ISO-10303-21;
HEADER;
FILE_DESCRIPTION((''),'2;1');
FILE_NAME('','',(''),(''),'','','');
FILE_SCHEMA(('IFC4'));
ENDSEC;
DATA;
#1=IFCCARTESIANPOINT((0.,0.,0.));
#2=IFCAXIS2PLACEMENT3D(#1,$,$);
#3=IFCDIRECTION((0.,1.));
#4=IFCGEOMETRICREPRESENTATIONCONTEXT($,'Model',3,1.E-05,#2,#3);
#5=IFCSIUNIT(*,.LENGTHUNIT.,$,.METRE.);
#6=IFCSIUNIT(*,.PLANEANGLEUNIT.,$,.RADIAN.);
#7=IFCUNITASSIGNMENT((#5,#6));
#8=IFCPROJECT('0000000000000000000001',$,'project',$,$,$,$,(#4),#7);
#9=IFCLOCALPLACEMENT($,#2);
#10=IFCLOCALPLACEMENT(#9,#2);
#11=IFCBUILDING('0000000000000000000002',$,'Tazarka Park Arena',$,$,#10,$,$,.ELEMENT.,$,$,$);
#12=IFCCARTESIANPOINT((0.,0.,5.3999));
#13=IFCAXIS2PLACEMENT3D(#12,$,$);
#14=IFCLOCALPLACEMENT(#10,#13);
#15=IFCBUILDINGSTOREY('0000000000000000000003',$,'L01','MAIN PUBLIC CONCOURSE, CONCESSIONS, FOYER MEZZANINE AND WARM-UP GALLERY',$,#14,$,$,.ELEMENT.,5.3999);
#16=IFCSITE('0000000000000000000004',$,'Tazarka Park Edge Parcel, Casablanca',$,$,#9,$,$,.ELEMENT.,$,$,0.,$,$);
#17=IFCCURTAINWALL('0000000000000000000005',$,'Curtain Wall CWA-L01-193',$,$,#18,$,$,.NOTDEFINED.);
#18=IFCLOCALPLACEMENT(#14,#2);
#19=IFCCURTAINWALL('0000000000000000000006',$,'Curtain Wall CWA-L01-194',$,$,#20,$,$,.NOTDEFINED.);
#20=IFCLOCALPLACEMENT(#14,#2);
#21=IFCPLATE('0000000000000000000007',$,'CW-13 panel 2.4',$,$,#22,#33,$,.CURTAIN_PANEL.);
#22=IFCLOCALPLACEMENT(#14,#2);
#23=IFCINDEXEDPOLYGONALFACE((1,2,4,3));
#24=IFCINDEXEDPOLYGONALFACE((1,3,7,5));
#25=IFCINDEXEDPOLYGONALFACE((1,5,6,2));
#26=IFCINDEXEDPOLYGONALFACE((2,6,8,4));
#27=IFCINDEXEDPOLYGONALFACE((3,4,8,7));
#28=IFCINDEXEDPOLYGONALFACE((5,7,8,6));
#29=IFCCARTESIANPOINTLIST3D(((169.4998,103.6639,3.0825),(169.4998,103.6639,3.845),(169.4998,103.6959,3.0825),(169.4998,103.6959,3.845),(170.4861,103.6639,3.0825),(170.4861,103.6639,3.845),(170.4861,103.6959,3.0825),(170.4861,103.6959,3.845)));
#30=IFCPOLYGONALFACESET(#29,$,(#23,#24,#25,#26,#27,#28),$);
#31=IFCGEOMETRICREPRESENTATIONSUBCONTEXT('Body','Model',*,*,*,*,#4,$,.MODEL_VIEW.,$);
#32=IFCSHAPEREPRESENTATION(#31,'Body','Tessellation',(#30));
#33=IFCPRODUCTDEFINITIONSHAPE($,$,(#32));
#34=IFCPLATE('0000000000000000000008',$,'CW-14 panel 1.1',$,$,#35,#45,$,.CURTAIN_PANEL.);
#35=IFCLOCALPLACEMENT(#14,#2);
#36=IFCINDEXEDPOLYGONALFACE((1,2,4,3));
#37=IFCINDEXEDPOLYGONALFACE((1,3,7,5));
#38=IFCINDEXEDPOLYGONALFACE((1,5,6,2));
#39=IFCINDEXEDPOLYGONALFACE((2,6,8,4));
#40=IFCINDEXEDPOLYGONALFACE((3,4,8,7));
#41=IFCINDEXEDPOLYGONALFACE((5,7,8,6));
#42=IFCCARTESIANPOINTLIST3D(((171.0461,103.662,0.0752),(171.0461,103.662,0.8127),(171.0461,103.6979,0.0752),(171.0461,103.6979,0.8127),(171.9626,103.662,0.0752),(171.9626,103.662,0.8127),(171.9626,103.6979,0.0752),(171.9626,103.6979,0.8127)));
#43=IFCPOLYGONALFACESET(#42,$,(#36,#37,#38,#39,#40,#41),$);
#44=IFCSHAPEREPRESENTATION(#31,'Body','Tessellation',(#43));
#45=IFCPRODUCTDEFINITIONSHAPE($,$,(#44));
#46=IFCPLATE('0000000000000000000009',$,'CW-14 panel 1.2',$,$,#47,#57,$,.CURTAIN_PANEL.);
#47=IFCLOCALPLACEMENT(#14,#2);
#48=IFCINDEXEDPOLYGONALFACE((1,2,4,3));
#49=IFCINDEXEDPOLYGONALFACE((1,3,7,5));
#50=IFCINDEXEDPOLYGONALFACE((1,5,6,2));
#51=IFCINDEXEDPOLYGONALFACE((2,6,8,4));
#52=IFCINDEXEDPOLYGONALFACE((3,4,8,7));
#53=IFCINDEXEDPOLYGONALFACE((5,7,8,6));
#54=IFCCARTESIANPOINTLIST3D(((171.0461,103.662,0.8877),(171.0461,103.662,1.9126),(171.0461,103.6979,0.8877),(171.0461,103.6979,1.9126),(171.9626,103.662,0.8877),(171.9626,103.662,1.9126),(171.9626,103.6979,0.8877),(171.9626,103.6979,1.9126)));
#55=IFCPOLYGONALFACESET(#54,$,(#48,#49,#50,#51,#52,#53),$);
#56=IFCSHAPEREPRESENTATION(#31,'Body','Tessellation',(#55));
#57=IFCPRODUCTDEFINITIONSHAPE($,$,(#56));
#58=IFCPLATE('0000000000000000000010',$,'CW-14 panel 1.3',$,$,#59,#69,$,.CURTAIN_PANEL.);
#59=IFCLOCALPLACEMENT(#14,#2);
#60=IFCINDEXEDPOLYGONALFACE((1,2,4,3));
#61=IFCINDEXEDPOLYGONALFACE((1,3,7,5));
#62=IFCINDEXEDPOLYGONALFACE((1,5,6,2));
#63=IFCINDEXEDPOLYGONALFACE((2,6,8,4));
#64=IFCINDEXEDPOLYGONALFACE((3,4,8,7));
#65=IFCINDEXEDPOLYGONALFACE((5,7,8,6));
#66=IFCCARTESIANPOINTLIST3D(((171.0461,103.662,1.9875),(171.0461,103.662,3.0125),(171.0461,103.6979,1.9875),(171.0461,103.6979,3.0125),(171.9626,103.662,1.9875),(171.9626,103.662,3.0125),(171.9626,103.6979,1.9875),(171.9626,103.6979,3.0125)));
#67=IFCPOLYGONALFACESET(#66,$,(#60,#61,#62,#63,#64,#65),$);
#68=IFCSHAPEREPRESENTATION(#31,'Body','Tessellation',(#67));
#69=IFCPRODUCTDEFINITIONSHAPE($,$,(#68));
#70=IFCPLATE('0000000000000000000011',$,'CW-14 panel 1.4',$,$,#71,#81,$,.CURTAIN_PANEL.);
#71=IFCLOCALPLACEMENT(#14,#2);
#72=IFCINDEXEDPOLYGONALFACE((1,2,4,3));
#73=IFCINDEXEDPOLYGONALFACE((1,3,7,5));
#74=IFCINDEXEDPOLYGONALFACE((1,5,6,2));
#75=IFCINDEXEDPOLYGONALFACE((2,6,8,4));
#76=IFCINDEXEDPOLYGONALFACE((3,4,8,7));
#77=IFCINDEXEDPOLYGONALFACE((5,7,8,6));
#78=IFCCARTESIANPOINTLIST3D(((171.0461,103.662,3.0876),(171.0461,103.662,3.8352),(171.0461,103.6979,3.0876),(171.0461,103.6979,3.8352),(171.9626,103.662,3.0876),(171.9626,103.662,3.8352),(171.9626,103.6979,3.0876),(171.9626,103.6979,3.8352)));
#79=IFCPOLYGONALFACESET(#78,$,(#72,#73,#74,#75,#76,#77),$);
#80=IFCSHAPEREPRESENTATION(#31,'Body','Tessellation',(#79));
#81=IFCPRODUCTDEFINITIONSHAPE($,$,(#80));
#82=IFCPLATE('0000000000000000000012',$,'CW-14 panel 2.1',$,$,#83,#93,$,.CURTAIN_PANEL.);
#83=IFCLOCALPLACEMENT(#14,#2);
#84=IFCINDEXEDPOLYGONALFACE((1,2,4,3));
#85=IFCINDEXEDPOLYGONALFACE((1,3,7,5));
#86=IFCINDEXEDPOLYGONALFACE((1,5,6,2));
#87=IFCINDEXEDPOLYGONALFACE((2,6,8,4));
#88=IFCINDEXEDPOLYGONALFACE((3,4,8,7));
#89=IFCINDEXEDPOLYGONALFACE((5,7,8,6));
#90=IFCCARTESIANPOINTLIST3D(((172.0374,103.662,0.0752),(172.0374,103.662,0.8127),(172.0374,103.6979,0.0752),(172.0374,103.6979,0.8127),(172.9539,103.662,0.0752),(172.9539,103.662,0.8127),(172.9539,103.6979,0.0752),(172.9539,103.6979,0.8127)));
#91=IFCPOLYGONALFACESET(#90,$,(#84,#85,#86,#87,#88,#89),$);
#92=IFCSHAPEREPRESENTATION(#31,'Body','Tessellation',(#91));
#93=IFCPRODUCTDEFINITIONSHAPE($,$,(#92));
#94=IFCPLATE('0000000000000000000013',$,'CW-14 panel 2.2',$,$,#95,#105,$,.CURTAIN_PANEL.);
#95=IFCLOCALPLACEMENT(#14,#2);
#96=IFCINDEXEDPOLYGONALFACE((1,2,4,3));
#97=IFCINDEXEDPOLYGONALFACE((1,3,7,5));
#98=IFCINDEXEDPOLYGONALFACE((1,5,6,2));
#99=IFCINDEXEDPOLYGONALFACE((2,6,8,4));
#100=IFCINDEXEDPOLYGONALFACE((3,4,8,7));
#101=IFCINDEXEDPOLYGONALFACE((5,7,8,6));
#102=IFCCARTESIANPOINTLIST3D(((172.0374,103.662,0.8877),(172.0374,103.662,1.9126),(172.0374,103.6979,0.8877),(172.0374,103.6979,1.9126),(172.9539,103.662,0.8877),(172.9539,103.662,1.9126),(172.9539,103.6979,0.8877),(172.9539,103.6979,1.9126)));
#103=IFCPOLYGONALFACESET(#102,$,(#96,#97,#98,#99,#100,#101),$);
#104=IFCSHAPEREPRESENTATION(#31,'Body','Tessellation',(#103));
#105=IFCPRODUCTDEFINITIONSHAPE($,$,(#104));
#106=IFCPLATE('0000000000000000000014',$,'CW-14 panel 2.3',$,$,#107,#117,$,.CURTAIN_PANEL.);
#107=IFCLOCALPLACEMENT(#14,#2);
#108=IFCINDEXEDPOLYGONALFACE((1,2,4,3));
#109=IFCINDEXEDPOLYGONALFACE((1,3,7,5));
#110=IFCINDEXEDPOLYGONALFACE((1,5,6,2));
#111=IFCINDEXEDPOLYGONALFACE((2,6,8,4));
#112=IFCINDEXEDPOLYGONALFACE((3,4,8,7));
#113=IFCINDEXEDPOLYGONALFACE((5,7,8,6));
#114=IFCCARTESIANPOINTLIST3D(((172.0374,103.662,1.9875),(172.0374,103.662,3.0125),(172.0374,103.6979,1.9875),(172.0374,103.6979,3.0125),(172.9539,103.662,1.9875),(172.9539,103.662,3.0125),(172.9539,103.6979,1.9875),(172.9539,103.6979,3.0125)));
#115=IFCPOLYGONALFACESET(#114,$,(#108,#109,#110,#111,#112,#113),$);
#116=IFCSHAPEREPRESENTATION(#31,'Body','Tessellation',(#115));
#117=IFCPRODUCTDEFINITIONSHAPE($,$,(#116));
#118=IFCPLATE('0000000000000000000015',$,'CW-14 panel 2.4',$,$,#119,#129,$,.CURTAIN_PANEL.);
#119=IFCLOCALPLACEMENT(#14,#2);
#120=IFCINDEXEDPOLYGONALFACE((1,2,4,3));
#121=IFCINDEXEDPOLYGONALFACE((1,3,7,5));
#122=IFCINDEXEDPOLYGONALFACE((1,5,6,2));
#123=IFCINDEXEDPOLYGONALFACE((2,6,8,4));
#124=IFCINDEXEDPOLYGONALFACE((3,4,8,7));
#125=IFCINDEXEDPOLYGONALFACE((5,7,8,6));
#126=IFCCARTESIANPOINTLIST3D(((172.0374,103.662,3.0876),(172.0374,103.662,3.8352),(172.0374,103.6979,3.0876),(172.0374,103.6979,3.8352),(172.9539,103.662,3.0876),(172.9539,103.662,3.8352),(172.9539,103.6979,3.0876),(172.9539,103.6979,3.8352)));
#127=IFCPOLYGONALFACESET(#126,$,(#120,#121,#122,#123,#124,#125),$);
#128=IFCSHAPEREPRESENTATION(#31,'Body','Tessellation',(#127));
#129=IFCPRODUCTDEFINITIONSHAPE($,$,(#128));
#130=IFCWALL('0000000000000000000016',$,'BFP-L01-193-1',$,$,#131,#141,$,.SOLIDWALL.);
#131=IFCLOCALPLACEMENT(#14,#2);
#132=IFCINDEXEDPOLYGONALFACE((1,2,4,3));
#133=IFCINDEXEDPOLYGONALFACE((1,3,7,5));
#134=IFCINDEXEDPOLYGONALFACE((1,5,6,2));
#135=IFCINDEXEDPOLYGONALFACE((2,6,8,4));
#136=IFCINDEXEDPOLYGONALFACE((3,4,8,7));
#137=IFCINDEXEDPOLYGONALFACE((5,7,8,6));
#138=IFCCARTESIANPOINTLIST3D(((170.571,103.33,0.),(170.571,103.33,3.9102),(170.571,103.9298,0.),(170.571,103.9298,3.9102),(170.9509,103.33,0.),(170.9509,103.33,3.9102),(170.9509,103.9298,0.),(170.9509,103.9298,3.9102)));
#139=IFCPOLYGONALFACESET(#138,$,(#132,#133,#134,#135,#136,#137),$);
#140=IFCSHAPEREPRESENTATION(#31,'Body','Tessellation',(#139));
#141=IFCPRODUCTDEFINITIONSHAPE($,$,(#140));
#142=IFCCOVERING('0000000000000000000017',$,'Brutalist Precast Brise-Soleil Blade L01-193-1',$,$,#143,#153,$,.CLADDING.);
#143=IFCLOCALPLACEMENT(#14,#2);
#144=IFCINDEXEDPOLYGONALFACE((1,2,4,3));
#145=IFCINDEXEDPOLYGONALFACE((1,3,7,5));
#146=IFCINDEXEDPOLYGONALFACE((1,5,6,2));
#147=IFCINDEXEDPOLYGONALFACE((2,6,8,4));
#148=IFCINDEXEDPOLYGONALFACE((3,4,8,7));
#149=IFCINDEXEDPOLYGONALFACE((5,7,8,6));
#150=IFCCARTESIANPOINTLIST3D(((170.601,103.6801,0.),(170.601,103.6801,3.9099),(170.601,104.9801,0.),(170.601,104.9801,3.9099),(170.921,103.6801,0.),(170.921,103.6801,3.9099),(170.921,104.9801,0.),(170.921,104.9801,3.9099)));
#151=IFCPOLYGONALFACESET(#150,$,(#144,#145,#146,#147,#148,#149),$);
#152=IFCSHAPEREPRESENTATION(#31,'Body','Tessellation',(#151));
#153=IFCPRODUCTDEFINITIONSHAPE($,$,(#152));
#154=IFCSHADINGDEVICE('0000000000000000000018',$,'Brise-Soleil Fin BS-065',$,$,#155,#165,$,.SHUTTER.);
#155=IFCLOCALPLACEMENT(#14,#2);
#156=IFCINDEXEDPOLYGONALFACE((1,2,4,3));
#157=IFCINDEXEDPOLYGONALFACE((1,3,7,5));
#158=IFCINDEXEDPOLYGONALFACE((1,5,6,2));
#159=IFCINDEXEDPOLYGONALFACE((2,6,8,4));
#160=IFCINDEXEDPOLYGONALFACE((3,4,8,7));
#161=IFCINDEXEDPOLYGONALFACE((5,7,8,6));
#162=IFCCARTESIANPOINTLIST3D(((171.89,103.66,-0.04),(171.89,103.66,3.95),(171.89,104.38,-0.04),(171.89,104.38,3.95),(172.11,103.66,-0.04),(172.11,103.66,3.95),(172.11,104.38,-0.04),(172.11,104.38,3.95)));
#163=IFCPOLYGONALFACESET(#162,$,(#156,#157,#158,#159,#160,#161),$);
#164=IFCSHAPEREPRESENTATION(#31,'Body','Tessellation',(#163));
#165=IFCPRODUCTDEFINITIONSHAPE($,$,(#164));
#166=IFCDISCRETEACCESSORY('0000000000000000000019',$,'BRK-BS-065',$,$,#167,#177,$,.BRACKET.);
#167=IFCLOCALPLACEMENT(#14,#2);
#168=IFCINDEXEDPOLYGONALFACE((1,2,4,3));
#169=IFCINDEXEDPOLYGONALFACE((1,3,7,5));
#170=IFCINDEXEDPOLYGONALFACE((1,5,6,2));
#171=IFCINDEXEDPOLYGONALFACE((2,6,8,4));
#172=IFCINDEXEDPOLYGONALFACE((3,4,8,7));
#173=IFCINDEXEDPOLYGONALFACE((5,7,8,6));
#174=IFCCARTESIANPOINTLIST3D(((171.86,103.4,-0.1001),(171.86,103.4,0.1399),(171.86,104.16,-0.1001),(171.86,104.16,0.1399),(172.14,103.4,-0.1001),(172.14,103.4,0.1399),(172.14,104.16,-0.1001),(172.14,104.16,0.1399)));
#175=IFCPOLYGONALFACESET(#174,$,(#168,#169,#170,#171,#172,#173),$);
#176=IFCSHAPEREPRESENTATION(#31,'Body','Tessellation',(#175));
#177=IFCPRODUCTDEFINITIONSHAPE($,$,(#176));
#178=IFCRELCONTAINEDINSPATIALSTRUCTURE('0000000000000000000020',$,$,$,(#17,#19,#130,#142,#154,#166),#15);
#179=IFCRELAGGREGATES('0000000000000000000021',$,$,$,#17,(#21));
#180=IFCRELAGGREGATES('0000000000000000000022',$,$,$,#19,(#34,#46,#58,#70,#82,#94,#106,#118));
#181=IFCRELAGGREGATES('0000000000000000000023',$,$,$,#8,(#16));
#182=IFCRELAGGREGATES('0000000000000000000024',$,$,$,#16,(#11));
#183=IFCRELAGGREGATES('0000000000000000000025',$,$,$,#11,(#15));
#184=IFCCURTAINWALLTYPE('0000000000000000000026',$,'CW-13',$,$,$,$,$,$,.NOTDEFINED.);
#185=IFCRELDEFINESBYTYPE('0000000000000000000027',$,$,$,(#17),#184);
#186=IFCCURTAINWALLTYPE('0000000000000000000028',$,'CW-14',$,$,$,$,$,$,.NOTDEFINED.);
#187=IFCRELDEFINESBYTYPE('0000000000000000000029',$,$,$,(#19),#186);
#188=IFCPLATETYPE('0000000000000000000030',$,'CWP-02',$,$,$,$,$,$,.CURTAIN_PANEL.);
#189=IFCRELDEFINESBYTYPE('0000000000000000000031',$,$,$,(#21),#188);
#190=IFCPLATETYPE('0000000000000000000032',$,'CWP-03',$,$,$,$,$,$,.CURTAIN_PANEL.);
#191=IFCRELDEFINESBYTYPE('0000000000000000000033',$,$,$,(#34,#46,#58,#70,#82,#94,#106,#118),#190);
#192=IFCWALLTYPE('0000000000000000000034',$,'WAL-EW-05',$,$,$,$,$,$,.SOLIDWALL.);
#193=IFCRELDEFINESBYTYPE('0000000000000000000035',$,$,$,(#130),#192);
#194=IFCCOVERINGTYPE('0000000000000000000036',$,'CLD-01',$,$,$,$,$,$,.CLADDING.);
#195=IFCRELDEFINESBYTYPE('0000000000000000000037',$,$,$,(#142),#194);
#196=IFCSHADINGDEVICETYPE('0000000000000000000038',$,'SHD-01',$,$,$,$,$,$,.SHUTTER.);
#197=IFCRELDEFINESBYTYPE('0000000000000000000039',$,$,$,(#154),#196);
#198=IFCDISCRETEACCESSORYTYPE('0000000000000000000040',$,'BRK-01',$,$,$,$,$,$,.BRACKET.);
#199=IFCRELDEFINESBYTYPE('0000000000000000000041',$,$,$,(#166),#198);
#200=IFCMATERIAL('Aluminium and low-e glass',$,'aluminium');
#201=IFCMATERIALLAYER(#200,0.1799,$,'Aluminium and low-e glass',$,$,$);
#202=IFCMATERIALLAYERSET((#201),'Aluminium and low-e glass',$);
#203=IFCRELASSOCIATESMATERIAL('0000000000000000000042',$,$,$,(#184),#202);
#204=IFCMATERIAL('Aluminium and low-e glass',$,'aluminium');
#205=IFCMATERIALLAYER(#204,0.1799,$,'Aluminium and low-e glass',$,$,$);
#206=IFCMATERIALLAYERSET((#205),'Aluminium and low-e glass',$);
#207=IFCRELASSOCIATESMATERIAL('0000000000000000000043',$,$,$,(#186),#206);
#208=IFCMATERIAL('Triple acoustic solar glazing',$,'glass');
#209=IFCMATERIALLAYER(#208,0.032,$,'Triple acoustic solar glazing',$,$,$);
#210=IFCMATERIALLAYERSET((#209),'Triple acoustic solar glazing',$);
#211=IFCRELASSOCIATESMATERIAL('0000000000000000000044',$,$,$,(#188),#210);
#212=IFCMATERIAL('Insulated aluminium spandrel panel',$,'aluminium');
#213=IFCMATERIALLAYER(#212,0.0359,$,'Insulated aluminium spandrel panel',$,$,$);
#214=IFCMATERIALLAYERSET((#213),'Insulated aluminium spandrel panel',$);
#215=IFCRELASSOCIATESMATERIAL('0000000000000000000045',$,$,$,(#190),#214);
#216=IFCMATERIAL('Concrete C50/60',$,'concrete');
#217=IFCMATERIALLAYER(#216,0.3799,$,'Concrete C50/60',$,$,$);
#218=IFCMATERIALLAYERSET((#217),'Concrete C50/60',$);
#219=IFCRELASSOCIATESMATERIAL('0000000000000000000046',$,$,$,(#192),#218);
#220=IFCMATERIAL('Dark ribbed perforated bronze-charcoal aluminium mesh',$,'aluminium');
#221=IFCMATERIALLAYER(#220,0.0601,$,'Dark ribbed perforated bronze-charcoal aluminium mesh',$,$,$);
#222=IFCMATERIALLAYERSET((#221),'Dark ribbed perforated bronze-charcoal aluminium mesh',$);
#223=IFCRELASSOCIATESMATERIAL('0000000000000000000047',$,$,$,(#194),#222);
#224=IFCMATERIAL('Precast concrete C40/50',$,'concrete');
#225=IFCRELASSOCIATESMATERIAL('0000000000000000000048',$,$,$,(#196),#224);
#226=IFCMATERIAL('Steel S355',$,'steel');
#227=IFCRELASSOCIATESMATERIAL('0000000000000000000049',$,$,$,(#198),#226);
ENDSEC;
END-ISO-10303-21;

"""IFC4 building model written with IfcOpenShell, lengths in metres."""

from ifc_helpers import new_model, si_unit, direction, frame, frame_2d, origin, origin_2d, place, context, subcontext, project, spatial, rectangle, extrude, material, layer, layer_set, type_object, element, aggregate, save


model = new_model("IFC4")

# Units and contexts
model_context = context("Model", 3, precision=1e-05, world=origin(), true_north=direction((0.0, 1.0)))
body_context = subcontext(model_context, "Body", "Model", "MODEL_VIEW")
ifc_project = project(units=[si_unit("LENGTHUNIT", "METRE"), si_unit("PLANEANGLEUNIT", "RADIAN")], contexts=[model_context])

# Site, building, storey
site_placement = place(None, origin())
site = spatial("IfcSite", under=ifc_project, at=site_placement, Name="Tazarka Park Edge Parcel, Casablanca", CompositionType="ELEMENT", RefElevation=0.0)
building_placement = place(site_placement, origin())
building = spatial("IfcBuilding", under=site, at=building_placement, Name="Tazarka Park Arena", CompositionType="ELEMENT")
storey_placement = place(building_placement, frame((0.0, 0.0, 5.3999)))
storey = spatial("IfcBuildingStorey", under=building, at=storey_placement, Name="L01", Description="MAIN PUBLIC CONCOURSE, CONCESSIONS, FOYER MEZZANINE AND WARM-UP GALLERY", CompositionType="ELEMENT", Elevation=5.3999)

# Curtain wall
ifc_material_1 = material(Name="Aluminium and low-e glass", Category="aluminium")
ifc_layer_1 = layer(ifc_material_1, 0.1799, Name="Aluminium and low-e glass")
ifc_layer_set_1 = layer_set([ifc_layer_1], Name="Aluminium and low-e glass")
curtain_wall_type_1 = type_object("IfcCurtainWallType", Name="CW-13", PredefinedType="NOTDEFINED", material=ifc_layer_set_1)
curtain_wall_1_placement = place(storey_placement, origin())
curtain_wall_1 = element("IfcCurtainWall", 1, at=curtain_wall_1_placement, inside=storey, type_object=curtain_wall_type_1, Name="Curtain Wall CWA-L01-193", PredefinedType="NOTDEFINED")

# Curtain wall
ifc_material_2 = material(Name="Aluminium and low-e glass", Category="aluminium")
ifc_layer_2 = layer(ifc_material_2, 0.1799, Name="Aluminium and low-e glass")
ifc_layer_set_2 = layer_set([ifc_layer_2], Name="Aluminium and low-e glass")
curtain_wall_type_2 = type_object("IfcCurtainWallType", Name="CW-14", PredefinedType="NOTDEFINED", material=ifc_layer_set_2)
curtain_wall_2_placement = place(storey_placement, origin())
curtain_wall_2 = element("IfcCurtainWall", 2, at=curtain_wall_2_placement, inside=storey, type_object=curtain_wall_type_2, Name="Curtain Wall CWA-L01-194", PredefinedType="NOTDEFINED")

# Plates
ifc_material_3 = material(Name="Triple acoustic solar glazing", Category="glass")
ifc_layer_3 = layer(ifc_material_3, 0.032, Name="Triple acoustic solar glazing")
ifc_layer_set_3 = layer_set([ifc_layer_3], Name="Triple acoustic solar glazing")
plate_type_1 = type_object("IfcPlateType", Name="CWP-02", PredefinedType="CURTAIN_PANEL", material=ifc_layer_set_3)
plate_1_placement = place(storey_placement, frame((169.9929, 103.6799, 3.0825), z_axis=(0.0, 0.0, 1.0), x_axis=(1.0, 0.0, 0.0)))
plate_1 = element("IfcPlate", 3, at=plate_1_placement, type_object=plate_type_1, Name="CW-13 panel 2.4", PredefinedType="CURTAIN_PANEL", context=body_context, shape_type="SweptSolid", body=[
    extrude(rectangle(XDim=0.9863, YDim=0.032, at=origin_2d()), origin(), (0.0, 0.0, 1.0), 0.7625),
])
aggregate(curtain_wall_1, [plate_1])
ifc_material_4 = material(Name="Insulated aluminium spandrel panel", Category="aluminium")
ifc_layer_4 = layer(ifc_material_4, 0.0359, Name="Insulated aluminium spandrel panel")
ifc_layer_set_4 = layer_set([ifc_layer_4], Name="Insulated aluminium spandrel panel")
plate_type_2 = type_object("IfcPlateType", Name="CWP-03", PredefinedType="CURTAIN_PANEL", material=ifc_layer_set_4)
plate_2_placement = place(storey_placement, frame((171.5044, 103.6799, 0.0752), z_axis=(0.0, 0.0, 1.0), x_axis=(1.0, 0.0, 0.0)))
plate_2 = element("IfcPlate", 4, at=plate_2_placement, type_object=plate_type_2, Name="CW-14 panel 1.1", PredefinedType="CURTAIN_PANEL", context=body_context, shape_type="SweptSolid", body=[
    extrude(rectangle(XDim=0.9165, YDim=0.0359, at=origin_2d()), origin(), (0.0, 0.0, 1.0), 0.7375),
])
plate_3_placement = place(storey_placement, frame((171.5044, 103.6799, 0.8877), z_axis=(0.0, 0.0, 1.0), x_axis=(1.0, 0.0, 0.0)))
plate_3 = element("IfcPlate", 5, at=plate_3_placement, type_object=plate_type_2, Name="CW-14 panel 1.2", PredefinedType="CURTAIN_PANEL", context=body_context, shape_type="SweptSolid", body=[
    extrude(rectangle(XDim=0.9165, YDim=0.0359, at=origin_2d()), origin(), (0.0, 0.0, 1.0), 1.0249),
])
plate_4_placement = place(storey_placement, frame((171.5044, 103.6799, 1.9875), z_axis=(0.0, 0.0, 1.0), x_axis=(1.0, 0.0, 0.0)))
plate_4 = element("IfcPlate", 6, at=plate_4_placement, type_object=plate_type_2, Name="CW-14 panel 1.3", PredefinedType="CURTAIN_PANEL", context=body_context, shape_type="SweptSolid", body=[
    extrude(rectangle(XDim=0.9165, YDim=0.0359, at=origin_2d()), origin(), (0.0, 0.0, 1.0), 1.0249),
])
plate_5_placement = place(storey_placement, frame((171.5044, 103.6799, 3.0876), z_axis=(0.0, 0.0, 1.0), x_axis=(1.0, 0.0, 0.0)))
plate_5 = element("IfcPlate", 7, at=plate_5_placement, type_object=plate_type_2, Name="CW-14 panel 1.4", PredefinedType="CURTAIN_PANEL", context=body_context, shape_type="SweptSolid", body=[
    extrude(rectangle(XDim=0.9165, YDim=0.0359, at=origin_2d()), origin(), (0.0, 0.0, 1.0), 0.7476),
])
plate_6_placement = place(storey_placement, frame((172.4956, 103.6799, 0.0752), z_axis=(0.0, 0.0, 1.0), x_axis=(1.0, 0.0, 0.0)))
plate_6 = element("IfcPlate", 8, at=plate_6_placement, type_object=plate_type_2, Name="CW-14 panel 2.1", PredefinedType="CURTAIN_PANEL", context=body_context, shape_type="SweptSolid", body=[
    extrude(rectangle(XDim=0.9165, YDim=0.0359, at=origin_2d()), origin(), (0.0, 0.0, 1.0), 0.7375),
])
plate_7_placement = place(storey_placement, frame((172.4956, 103.6799, 0.8877), z_axis=(0.0, 0.0, 1.0), x_axis=(1.0, 0.0, 0.0)))
plate_7 = element("IfcPlate", 9, at=plate_7_placement, type_object=plate_type_2, Name="CW-14 panel 2.2", PredefinedType="CURTAIN_PANEL", context=body_context, shape_type="SweptSolid", body=[
    extrude(rectangle(XDim=0.9165, YDim=0.0359, at=origin_2d()), origin(), (0.0, 0.0, 1.0), 1.0249),
])
plate_8_placement = place(storey_placement, frame((172.4956, 103.6799, 1.9875), z_axis=(0.0, 0.0, 1.0), x_axis=(1.0, 0.0, 0.0)))
plate_8 = element("IfcPlate", 10, at=plate_8_placement, type_object=plate_type_2, Name="CW-14 panel 2.3", PredefinedType="CURTAIN_PANEL", context=body_context, shape_type="SweptSolid", body=[
    extrude(rectangle(XDim=0.9165, YDim=0.0359, at=origin_2d()), origin(), (0.0, 0.0, 1.0), 1.0249),
])
plate_9_placement = place(storey_placement, frame((172.4956, 103.6799, 3.0876), z_axis=(0.0, 0.0, 1.0), x_axis=(1.0, 0.0, 0.0)))
plate_9 = element("IfcPlate", 11, at=plate_9_placement, type_object=plate_type_2, Name="CW-14 panel 2.4", PredefinedType="CURTAIN_PANEL", context=body_context, shape_type="SweptSolid", body=[
    extrude(rectangle(XDim=0.9165, YDim=0.0359, at=origin_2d()), origin(), (0.0, 0.0, 1.0), 0.7476),
])
aggregate(curtain_wall_2, [plate_2, plate_3, plate_4, plate_5, plate_6, plate_7, plate_8, plate_9])

# Wall
ifc_material_5 = material(Name="Concrete C50/60", Category="concrete")
ifc_layer_5 = layer(ifc_material_5, 0.3799, Name="Concrete C50/60")
ifc_layer_set_5 = layer_set([ifc_layer_5], Name="Concrete C50/60")
wall_type = type_object("IfcWallType", Name="WAL-EW-05", PredefinedType="SOLIDWALL", material=ifc_layer_set_5)
wall_placement = place(storey_placement, frame((170.761, 103.3301, 0.0), z_axis=(0.0, 0.0, 1.0), x_axis=(0.0, 1.0, 0.0)))
element("IfcWall", 12, at=wall_placement, inside=storey, type_object=wall_type, Name="BFP-L01-193-1", PredefinedType="SOLIDWALL", context=body_context, shape_type="SweptSolid", body=[
    extrude(rectangle(XDim=0.5999, YDim=0.3799, at=frame_2d((0.2998, 0.0))), origin(), (0.0, 0.0, 1.0), 3.9102),
])

# Covering
ifc_material_6 = material(Name="Dark ribbed perforated bronze-charcoal aluminium mesh", Category="aluminium")
ifc_layer_6 = layer(ifc_material_6, 0.0601, Name="Dark ribbed perforated bronze-charcoal aluminium mesh")
ifc_layer_set_6 = layer_set([ifc_layer_6], Name="Dark ribbed perforated bronze-charcoal aluminium mesh")
covering_type = type_object("IfcCoveringType", Name="CLD-01", PredefinedType="CLADDING", material=ifc_layer_set_6)
covering_placement = place(storey_placement, frame((170.761, 104.3301, 0.0), z_axis=(0.0, 0.0, 1.0), x_axis=(1.0, 0.0, 0.0)))
element("IfcCovering", 13, at=covering_placement, inside=storey, type_object=covering_type, Name="Brutalist Precast Brise-Soleil Blade L01-193-1", PredefinedType="CLADDING", context=body_context, shape_type="SweptSolid", body=[
    extrude(rectangle(XDim=0.3201, YDim=1.3, at=origin_2d()), origin(), (0.0, 0.0, 1.0), 3.9099),
])

# Shading device
ifc_material_7 = material(Name="Precast concrete C40/50", Category="concrete")
shading_device_type = type_object("IfcShadingDeviceType", Name="SHD-01", PredefinedType="SHUTTER", material=ifc_material_7)
shading_device_placement = place(storey_placement, frame((172.0, 104.02, -0.04), z_axis=(0.0, 0.0, 1.0), x_axis=(1.0, 0.0, 0.0)))
element("IfcShadingDevice", 14, at=shading_device_placement, inside=storey, type_object=shading_device_type, Name="Brise-Soleil Fin BS-065", PredefinedType="SHUTTER", context=body_context, shape_type="SweptSolid", body=[
    extrude(rectangle(XDim=0.22, YDim=0.72, at=origin_2d()), origin(), (0.0, 0.0, 1.0), 3.99),
])

# Discrete accessory
ifc_material_8 = material(Name="Steel S355", Category="steel")
discrete_accessory_type = type_object("IfcDiscreteAccessoryType", Name="BRK-01", PredefinedType="BRACKET", material=ifc_material_8)
discrete_accessory_placement = place(storey_placement, frame((172.0, 103.78, -0.1001), z_axis=(0.0, 0.0, 1.0), x_axis=(1.0, 0.0, 0.0)))
element("IfcDiscreteAccessory", 15, at=discrete_accessory_placement, inside=storey, type_object=discrete_accessory_type, Name="BRK-BS-065", PredefinedType="BRACKET", context=body_context, shape_type="SweptSolid", body=[
    extrude(rectangle(XDim=0.28, YDim=0.76, at=origin_2d()), origin(), (0.0, 0.0, 1.0), 0.24),
])

save(model, "model.ifc")
